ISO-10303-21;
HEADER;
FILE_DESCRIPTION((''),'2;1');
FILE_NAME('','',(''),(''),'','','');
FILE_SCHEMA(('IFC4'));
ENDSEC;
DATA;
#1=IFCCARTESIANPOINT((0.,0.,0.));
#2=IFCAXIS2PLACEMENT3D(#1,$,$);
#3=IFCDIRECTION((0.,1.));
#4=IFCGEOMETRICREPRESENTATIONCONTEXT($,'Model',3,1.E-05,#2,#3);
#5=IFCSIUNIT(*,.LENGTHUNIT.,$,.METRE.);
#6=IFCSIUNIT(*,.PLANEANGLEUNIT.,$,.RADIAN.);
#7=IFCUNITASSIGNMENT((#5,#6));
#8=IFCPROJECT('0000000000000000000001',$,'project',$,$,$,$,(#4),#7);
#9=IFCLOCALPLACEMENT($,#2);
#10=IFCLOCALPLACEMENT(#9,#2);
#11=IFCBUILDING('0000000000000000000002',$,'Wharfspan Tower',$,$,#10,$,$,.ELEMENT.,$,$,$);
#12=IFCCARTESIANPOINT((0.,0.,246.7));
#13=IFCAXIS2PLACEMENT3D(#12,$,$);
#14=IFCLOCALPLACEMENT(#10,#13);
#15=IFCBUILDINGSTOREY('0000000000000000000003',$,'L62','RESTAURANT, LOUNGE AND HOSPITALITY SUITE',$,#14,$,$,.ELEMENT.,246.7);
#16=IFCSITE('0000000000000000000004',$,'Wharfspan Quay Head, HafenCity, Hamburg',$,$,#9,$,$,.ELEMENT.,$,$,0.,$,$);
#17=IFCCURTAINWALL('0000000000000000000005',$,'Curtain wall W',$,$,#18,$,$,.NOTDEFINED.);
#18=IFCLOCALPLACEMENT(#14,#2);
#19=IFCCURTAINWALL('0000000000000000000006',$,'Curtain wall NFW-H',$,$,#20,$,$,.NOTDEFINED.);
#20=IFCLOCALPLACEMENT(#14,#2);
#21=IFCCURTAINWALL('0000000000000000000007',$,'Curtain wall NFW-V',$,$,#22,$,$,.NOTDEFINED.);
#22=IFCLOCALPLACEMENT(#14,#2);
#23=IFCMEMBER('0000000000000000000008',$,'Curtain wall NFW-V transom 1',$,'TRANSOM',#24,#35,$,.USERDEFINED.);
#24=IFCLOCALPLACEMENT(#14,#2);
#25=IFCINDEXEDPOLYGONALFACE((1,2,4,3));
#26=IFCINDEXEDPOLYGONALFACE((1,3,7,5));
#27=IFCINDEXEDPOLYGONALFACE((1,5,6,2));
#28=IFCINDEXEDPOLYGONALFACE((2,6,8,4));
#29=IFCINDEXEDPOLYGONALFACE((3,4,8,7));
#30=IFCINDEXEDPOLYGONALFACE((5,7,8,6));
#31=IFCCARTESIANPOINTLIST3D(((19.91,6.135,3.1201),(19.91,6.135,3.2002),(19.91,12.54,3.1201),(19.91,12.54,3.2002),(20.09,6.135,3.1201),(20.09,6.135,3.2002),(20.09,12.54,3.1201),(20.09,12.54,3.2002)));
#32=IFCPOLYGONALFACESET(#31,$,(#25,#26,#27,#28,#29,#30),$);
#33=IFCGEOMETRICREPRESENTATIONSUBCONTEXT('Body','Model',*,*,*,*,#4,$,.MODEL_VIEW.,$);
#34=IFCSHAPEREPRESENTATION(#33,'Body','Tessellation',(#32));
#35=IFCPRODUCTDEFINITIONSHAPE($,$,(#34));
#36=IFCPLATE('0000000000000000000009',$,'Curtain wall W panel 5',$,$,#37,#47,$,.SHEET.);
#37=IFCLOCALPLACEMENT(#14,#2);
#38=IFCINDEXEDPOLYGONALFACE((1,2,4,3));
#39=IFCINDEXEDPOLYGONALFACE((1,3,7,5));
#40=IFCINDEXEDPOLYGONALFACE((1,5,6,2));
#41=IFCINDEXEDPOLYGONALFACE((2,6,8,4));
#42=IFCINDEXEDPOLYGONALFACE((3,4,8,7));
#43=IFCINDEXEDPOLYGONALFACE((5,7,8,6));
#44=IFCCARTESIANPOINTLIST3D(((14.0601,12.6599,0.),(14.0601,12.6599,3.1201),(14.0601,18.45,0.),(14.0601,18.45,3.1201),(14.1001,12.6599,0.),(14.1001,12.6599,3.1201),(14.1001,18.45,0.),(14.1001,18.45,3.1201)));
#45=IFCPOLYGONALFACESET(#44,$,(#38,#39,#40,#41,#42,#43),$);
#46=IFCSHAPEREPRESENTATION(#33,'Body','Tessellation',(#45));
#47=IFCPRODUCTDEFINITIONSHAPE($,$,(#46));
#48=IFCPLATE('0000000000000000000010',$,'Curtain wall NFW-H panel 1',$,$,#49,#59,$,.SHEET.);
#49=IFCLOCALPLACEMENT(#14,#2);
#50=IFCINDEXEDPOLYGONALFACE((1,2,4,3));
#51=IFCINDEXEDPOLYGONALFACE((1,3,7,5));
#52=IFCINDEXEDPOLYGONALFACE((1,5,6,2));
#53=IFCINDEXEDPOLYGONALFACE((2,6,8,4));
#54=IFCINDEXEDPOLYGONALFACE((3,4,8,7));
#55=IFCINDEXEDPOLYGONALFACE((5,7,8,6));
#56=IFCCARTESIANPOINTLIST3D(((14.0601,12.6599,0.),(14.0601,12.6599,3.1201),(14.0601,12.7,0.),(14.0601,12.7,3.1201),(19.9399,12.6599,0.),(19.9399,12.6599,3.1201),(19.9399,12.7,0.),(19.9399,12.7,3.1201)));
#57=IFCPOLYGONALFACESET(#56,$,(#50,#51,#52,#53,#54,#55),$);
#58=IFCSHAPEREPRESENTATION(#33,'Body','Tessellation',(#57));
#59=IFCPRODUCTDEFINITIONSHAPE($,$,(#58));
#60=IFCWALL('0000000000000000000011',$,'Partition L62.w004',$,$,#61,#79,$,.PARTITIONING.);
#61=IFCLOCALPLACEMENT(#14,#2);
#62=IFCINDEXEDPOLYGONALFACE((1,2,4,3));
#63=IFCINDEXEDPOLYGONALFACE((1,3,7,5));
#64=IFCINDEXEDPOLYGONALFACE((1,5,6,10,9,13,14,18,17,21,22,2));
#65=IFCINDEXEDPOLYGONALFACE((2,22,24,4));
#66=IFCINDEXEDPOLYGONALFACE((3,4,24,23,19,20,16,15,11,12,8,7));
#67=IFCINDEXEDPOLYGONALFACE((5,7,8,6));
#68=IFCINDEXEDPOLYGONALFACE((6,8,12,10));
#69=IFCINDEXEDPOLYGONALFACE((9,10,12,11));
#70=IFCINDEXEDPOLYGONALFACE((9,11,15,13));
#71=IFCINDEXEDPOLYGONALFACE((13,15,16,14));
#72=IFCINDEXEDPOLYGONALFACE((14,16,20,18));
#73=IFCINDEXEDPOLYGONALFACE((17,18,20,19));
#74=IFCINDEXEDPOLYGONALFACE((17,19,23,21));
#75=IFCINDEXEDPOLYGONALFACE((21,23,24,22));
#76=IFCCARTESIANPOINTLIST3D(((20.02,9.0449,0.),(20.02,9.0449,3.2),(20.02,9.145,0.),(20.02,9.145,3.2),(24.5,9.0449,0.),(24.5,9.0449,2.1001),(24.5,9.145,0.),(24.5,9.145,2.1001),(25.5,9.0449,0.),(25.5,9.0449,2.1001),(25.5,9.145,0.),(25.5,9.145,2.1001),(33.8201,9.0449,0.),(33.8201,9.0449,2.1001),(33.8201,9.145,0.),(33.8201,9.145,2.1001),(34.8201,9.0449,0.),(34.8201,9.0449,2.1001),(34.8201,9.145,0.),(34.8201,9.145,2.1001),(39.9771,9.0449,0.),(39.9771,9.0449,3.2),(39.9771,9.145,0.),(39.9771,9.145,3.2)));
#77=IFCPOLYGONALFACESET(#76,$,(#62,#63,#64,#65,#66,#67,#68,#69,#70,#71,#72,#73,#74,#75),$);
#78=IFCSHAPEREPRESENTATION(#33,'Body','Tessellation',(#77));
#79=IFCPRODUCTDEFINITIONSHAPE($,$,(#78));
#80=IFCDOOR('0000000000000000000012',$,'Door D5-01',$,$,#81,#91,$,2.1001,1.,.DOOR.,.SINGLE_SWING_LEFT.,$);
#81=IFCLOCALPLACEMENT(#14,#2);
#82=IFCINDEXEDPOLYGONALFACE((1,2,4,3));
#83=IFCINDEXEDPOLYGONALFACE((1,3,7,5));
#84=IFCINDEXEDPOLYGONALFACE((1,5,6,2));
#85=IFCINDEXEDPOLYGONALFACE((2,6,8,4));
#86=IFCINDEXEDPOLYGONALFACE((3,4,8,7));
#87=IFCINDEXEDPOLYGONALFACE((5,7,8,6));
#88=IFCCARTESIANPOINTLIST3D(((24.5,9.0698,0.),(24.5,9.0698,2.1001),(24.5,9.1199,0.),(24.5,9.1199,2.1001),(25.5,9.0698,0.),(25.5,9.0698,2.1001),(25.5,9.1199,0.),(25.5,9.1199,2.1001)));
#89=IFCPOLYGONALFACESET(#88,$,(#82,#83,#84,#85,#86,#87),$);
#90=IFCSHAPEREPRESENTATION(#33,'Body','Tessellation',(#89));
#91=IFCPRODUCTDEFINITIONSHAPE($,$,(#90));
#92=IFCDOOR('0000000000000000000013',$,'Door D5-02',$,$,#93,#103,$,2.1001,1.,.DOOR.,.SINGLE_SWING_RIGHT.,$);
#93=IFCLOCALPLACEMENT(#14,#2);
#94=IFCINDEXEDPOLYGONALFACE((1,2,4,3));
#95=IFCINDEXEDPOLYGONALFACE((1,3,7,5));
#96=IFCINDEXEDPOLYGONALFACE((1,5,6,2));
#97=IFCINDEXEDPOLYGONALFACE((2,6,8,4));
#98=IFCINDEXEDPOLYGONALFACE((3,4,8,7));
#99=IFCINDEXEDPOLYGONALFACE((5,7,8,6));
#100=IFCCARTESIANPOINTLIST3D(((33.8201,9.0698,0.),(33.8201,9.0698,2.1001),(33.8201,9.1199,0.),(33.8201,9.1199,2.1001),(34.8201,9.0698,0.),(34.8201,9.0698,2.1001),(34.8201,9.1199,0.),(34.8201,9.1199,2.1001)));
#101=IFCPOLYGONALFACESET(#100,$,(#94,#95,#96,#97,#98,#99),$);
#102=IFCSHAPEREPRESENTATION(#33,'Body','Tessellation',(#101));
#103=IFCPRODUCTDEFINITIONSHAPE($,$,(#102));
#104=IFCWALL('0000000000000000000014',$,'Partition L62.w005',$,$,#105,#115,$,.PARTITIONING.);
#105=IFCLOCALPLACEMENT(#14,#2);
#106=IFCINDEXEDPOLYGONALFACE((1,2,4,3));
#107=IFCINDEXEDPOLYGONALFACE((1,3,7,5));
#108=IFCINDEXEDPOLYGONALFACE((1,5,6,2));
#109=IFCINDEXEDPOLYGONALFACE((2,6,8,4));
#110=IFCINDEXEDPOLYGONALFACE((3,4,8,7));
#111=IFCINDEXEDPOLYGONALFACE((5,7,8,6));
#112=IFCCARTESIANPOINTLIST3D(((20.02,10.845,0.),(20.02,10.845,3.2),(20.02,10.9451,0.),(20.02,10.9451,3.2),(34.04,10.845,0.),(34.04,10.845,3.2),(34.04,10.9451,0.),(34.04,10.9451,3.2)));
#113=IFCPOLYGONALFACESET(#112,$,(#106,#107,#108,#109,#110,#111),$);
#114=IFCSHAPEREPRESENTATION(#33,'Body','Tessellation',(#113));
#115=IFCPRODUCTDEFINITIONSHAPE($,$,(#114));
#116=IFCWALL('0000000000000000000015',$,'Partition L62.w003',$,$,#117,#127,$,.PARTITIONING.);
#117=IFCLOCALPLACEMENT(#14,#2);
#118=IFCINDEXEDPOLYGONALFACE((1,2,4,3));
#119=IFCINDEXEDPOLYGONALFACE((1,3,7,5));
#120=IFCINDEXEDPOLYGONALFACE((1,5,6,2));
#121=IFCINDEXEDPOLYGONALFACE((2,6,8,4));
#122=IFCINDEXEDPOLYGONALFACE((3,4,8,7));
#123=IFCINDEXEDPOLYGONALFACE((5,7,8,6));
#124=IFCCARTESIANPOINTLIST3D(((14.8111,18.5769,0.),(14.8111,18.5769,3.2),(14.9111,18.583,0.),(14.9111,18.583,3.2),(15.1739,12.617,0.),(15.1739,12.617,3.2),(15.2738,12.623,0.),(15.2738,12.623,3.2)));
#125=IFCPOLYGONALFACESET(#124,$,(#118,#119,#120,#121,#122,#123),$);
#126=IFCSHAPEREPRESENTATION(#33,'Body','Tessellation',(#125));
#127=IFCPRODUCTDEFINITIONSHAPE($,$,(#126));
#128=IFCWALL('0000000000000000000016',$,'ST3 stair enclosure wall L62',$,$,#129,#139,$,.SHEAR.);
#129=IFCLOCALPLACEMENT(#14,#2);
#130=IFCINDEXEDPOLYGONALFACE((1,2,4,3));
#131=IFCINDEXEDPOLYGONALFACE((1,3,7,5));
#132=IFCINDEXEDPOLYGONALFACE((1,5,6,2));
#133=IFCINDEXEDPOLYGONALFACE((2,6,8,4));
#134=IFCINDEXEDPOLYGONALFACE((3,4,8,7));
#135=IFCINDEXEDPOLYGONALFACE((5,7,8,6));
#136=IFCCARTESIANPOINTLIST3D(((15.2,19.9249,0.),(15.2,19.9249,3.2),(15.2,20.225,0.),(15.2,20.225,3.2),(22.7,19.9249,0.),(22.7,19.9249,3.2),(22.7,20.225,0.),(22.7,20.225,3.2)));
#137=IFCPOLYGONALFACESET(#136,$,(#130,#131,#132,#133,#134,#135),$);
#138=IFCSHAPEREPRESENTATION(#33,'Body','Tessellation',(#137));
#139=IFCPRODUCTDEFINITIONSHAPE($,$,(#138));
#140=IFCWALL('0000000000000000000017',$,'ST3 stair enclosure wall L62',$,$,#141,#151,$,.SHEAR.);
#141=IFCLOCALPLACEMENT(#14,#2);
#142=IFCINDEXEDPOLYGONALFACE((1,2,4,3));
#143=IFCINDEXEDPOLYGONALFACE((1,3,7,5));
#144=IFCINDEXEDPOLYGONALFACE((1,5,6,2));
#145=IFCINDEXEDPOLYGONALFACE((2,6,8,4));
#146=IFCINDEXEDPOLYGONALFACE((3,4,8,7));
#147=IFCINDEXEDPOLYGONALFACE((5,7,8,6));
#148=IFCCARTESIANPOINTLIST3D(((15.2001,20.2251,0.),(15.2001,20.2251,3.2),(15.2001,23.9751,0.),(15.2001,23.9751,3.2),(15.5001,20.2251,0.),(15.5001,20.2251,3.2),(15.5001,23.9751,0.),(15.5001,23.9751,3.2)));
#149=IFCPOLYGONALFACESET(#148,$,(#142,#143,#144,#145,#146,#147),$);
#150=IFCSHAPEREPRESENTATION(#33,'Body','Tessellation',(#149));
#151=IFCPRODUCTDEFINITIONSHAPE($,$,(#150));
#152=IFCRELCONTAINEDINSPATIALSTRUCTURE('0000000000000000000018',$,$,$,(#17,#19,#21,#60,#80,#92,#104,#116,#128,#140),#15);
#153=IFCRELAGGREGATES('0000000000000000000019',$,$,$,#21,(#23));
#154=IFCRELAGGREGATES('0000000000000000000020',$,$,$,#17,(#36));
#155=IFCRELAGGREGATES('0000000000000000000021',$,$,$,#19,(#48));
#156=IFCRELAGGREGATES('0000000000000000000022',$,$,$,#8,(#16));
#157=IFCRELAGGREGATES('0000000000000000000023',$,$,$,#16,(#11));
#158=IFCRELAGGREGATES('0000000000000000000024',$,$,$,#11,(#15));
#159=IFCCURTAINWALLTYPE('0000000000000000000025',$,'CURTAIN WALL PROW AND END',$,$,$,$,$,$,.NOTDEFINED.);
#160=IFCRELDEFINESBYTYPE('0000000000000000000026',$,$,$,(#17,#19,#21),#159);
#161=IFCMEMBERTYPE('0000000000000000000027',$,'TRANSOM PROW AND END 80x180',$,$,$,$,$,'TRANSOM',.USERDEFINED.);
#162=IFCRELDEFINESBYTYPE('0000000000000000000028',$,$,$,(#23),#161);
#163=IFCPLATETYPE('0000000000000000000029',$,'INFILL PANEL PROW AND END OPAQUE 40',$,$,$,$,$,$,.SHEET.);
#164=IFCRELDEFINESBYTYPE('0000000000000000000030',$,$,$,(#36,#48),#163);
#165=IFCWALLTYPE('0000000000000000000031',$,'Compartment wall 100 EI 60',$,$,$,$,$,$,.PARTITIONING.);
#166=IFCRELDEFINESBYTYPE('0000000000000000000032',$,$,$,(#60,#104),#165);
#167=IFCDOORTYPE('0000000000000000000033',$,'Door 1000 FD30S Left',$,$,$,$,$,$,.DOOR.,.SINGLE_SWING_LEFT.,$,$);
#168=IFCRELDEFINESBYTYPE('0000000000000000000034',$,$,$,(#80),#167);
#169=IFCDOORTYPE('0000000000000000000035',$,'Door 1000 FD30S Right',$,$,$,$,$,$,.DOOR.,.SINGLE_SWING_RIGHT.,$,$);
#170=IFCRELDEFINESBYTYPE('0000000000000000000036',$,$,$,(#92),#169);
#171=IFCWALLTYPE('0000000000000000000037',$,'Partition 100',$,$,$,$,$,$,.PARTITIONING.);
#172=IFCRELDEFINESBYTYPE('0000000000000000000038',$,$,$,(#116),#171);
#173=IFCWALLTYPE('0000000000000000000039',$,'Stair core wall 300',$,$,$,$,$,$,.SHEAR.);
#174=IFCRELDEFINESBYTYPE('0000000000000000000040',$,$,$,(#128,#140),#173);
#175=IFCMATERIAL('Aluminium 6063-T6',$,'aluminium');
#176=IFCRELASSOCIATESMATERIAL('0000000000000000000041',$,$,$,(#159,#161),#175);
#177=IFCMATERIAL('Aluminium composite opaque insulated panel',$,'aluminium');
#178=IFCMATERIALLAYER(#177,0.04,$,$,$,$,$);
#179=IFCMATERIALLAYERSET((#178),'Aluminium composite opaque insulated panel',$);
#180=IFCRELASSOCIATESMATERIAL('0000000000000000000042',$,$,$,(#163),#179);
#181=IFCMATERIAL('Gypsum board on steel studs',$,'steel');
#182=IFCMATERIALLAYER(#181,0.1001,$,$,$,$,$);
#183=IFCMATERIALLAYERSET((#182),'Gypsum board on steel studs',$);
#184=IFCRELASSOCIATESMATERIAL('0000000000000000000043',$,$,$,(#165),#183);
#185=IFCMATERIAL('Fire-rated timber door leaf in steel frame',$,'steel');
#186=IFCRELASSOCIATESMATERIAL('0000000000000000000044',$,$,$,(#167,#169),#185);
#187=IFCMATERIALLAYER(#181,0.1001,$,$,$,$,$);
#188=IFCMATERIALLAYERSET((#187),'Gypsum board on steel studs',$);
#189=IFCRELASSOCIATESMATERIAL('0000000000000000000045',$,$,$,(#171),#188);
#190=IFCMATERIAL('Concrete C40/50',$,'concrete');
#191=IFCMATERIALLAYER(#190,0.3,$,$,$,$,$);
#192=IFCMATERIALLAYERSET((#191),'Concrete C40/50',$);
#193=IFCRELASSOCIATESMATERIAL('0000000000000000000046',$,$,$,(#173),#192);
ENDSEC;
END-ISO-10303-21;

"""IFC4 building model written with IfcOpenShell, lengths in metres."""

from ifc_helpers import new_model, si_unit, direction, frame, frame_2d, origin, origin_2d, place, context, subcontext, project, spatial, rectangle, extrude, material, layer, layer_set, material_profile, profile_set, type_object, element, fill, aggregate, save


model = new_model("IFC4")

# Units and contexts
model_context = context("Model", 3, precision=1e-05, world=origin(), true_north=direction((0.0, 1.0)))
body_context = subcontext(model_context, "Body", "Model", "MODEL_VIEW")
ifc_project = project(units=[si_unit("LENGTHUNIT", "METRE"), si_unit("PLANEANGLEUNIT", "RADIAN")], contexts=[model_context])

# Site, building, storey
site_placement = place(None, origin())
site = spatial("IfcSite", under=ifc_project, at=site_placement, Name="Wharfspan Quay Head, HafenCity, Hamburg", CompositionType="ELEMENT", RefElevation=0.0)
building_placement = place(site_placement, origin())
building = spatial("IfcBuilding", under=site, at=building_placement, Name="Wharfspan Tower", CompositionType="ELEMENT")
storey_placement = place(building_placement, frame((0.0, 0.0, 246.7)))
storey = spatial("IfcBuildingStorey", under=building, at=storey_placement, Name="L62", Description="RESTAURANT, LOUNGE AND HOSPITALITY SUITE", CompositionType="ELEMENT", Elevation=246.7)

# Shared definitions
ifc_material_1 = material(Name="Aluminium 6063-T6", Category="aluminium")

# Curtain walls
curtain_wall_type_1 = type_object("IfcCurtainWallType", Name="CURTAIN WALL PROW AND END", PredefinedType="NOTDEFINED", material=ifc_material_1)
curtain_wall_1_placement = place(storey_placement, origin())
curtain_wall_1 = element("IfcCurtainWall", 1, at=curtain_wall_1_placement, inside=storey, type_object=curtain_wall_type_1, Name="Curtain wall W", PredefinedType="NOTDEFINED")
curtain_wall_2_placement = place(storey_placement, origin())
curtain_wall_2 = element("IfcCurtainWall", 2, at=curtain_wall_2_placement, inside=storey, type_object=curtain_wall_type_1, Name="Curtain wall NFW-H", PredefinedType="NOTDEFINED")
curtain_wall_3_placement = place(storey_placement, origin())
curtain_wall_3 = element("IfcCurtainWall", 3, at=curtain_wall_3_placement, inside=storey, type_object=curtain_wall_type_1, Name="Curtain wall NFW-V", PredefinedType="NOTDEFINED")

# Member
ifc_material_profile_1 = material_profile(ifc_material_1, rectangle(XDim=0.1799, YDim=0.0801, at=origin_2d()))
ifc_profile_set_1 = profile_set([ifc_material_profile_1], Name="Aluminium 6063-T6")
member_type_1 = type_object("IfcMemberType", Name="TRANSOM PROW AND END 80x180", ElementType="TRANSOM", PredefinedType="USERDEFINED", material=ifc_profile_set_1)
member_1_placement = place(storey_placement, frame((20.0, 12.54, 3.1602), z_axis=(0.0, -1.0, 0.0), x_axis=(1.0, 0.0, 0.0)))
member_1 = element("IfcMember", 4, at=member_1_placement, type_object=member_type_1, Name="Curtain wall NFW-V transom 1", ObjectType="TRANSOM", PredefinedType="USERDEFINED", context=body_context, shape_type="SweptSolid", body=[
    extrude(rectangle(XDim=0.1799, YDim=0.0801, at=origin_2d()), origin(), (0.0, 0.0, 1.0), 6.405),
])
aggregate(curtain_wall_3, [member_1])

# Plates
ifc_material_2 = material(Name="Aluminium composite opaque insulated panel", Category="aluminium")
ifc_layer_1 = layer(ifc_material_2, 0.04)
ifc_layer_set_1 = layer_set([ifc_layer_1], Name="Aluminium composite opaque insulated panel")
plate_type = type_object("IfcPlateType", Name="INFILL PANEL PROW AND END OPAQUE 40", PredefinedType="SHEET", material=ifc_layer_set_1)
plate_1_placement = place(storey_placement, frame((14.0801, 15.5549, 0.0), z_axis=(0.0, 0.0, 1.0), x_axis=(0.0, -1.0, 0.0)))
plate_1 = element("IfcPlate", 5, at=plate_1_placement, type_object=plate_type, Name="Curtain wall W panel 5", PredefinedType="SHEET", context=body_context, shape_type="SweptSolid", body=[
    extrude(rectangle(XDim=5.79, YDim=0.04, at=origin_2d()), origin(), (0.0, 0.0, 1.0), 3.1201),
])
aggregate(curtain_wall_1, [plate_1])
plate_2_placement = place(storey_placement, frame((17.0, 12.6799, 0.0), z_axis=(0.0, 0.0, 1.0), x_axis=(1.0, 0.0, 0.0)))
plate_2 = element("IfcPlate", 6, at=plate_2_placement, type_object=plate_type, Name="Curtain wall NFW-H panel 1", PredefinedType="SHEET", context=body_context, shape_type="SweptSolid", body=[
    extrude(rectangle(XDim=5.8799, YDim=0.04, at=origin_2d()), origin(), (0.0, 0.0, 1.0), 3.1201),
])
aggregate(curtain_wall_2, [plate_2])

# Wall, openings, doors
ifc_material_3 = material(Name="Gypsum board on steel studs", Category="steel")
ifc_layer_2 = layer(ifc_material_3, 0.1001)
ifc_layer_set_2 = layer_set([ifc_layer_2], Name="Gypsum board on steel studs")
wall_type_1 = type_object("IfcWallType", Name="Compartment wall 100 EI 60", PredefinedType="PARTITIONING", material=ifc_layer_set_2)
wall_1_placement = place(storey_placement, frame((20.02, 9.095, 0.0), z_axis=(0.0, 0.0, 1.0), x_axis=(1.0, 0.0, 0.0)))
wall_1 = element("IfcWall", 7, at=wall_1_placement, inside=storey, type_object=wall_type_1, Name="Partition L62.w004", PredefinedType="PARTITIONING", context=body_context, shape_type="SweptSolid", body=[
    extrude(rectangle(XDim=19.957, YDim=0.1001, at=frame_2d((9.9785, 0.0))), origin(), (0.0, 0.0, 1.0), 3.2),
])
opening_1_placement = place(wall_1_placement, frame((4.48, 0.0, 0.0)))
opening_1 = element("IfcOpeningElement", 8, at=opening_1_placement, cuts=wall_1, PredefinedType="OPENING", context=body_context, shape_type="SweptSolid", body=[
    extrude(rectangle(XDim=1.0, YDim=2.1001, at=frame_2d((0.5, 1.05))), frame((0.0, 0.0601, 0.0), z_axis=(0.0, -1.0, 0.0), x_axis=(1.0, 0.0, 0.0)), (0.0, 0.0, 1.0), 0.1201),
])
opening_2_placement = place(wall_1_placement, frame((13.8, 0.0, 0.0)))
opening_2 = element("IfcOpeningElement", 9, at=opening_2_placement, cuts=wall_1, PredefinedType="OPENING", context=body_context, shape_type="SweptSolid", body=[
    extrude(rectangle(XDim=1.0, YDim=2.1001, at=frame_2d((0.5, 1.05))), frame((0.0, 0.0601, 0.0), z_axis=(0.0, -1.0, 0.0), x_axis=(1.0, 0.0, 0.0)), (0.0, 0.0, 1.0), 0.1201),
])
ifc_material_4 = material(Name="Fire-rated timber door leaf in steel frame", Category="steel")
door_type_1 = type_object("IfcDoorType", Name="Door 1000 FD30S Left", OperationType="SINGLE_SWING_LEFT", PredefinedType="DOOR", material=ifc_material_4)
door_1_placement = place(opening_1_placement, origin())
door_1 = element("IfcDoor", 10, at=door_1_placement, inside=storey, type_object=door_type_1, Name="Door D5-01", OperationType="SINGLE_SWING_LEFT", OverallHeight=2.1001, OverallWidth=1.0, PredefinedType="DOOR", context=body_context, shape_type="SweptSolid", body=[
    extrude(rectangle(XDim=1.0, YDim=2.1001, at=frame_2d((0.5, 1.05))), frame((0.0, 0.0249, 0.0), z_axis=(0.0, -1.0, 0.0), x_axis=(1.0, 0.0, 0.0)), (0.0, 0.0, 1.0), 0.05),
])
fill(opening_1, door_1)
door_type_2 = type_object("IfcDoorType", Name="Door 1000 FD30S Right", OperationType="SINGLE_SWING_RIGHT", PredefinedType="DOOR", material=ifc_material_4)
door_2_placement = place(opening_2_placement, origin())
door_2 = element("IfcDoor", 11, at=door_2_placement, inside=storey, type_object=door_type_2, Name="Door D5-02", OperationType="SINGLE_SWING_RIGHT", OverallHeight=2.1001, OverallWidth=1.0, PredefinedType="DOOR", context=body_context, shape_type="SweptSolid", body=[
    extrude(rectangle(XDim=1.0, YDim=2.1001, at=frame_2d((0.5, 1.05))), frame((0.0, 0.0249, 0.0), z_axis=(0.0, -1.0, 0.0), x_axis=(1.0, 0.0, 0.0)), (0.0, 0.0, 1.0), 0.05),
])
fill(opening_2, door_2)

# Walls
wall_2_placement = place(storey_placement, frame((20.02, 10.895, 0.0), z_axis=(0.0, 0.0, 1.0), x_axis=(1.0, 0.0, 0.0)))
element("IfcWall", 12, at=wall_2_placement, inside=storey, type_object=wall_type_1, Name="Partition L62.w005", PredefinedType="PARTITIONING", context=body_context, shape_type="SweptSolid", body=[
    extrude(rectangle(XDim=14.02, YDim=0.1001, at=frame_2d((7.01, 0.0))), origin(), (0.0, 0.0, 1.0), 3.2),
])
ifc_layer_3 = layer(ifc_material_3, 0.1001)
ifc_layer_set_3 = layer_set([ifc_layer_3], Name="Gypsum board on steel studs")
wall_type_2 = type_object("IfcWallType", Name="Partition 100", PredefinedType="PARTITIONING", material=ifc_layer_set_3)
wall_3_placement = place(storey_placement, frame((15.2239, 12.6201, 0.0), z_axis=(0.0, 0.0, 1.0), x_axis=(-0.060759, 0.998149, 0.0)))
element("IfcWall", 13, at=wall_3_placement, inside=storey, type_object=wall_type_2, Name="Partition L62.w003", PredefinedType="PARTITIONING", context=body_context, shape_type="SweptSolid", body=[
    extrude(rectangle(XDim=5.9709, YDim=0.1001, at=frame_2d((2.9854, 0.0))), origin(), (0.0, 0.0, 1.0), 3.2),
])
ifc_material_5 = material(Name="Concrete C40/50", Category="concrete")
ifc_layer_4 = layer(ifc_material_5, 0.3)
ifc_layer_set_4 = layer_set([ifc_layer_4], Name="Concrete C40/50")
wall_type_3 = type_object("IfcWallType", Name="Stair core wall 300", PredefinedType="SHEAR", material=ifc_layer_set_4)
wall_4_placement = place(storey_placement, frame((15.2, 20.075, 0.0), z_axis=(0.0, 0.0, 1.0), x_axis=(1.0, 0.0, 0.0)))
element("IfcWall", 14, at=wall_4_placement, inside=storey, type_object=wall_type_3, Name="ST3 stair enclosure wall L62", PredefinedType="SHEAR", context=body_context, shape_type="SweptSolid", body=[
    extrude(rectangle(XDim=7.5, YDim=0.3, at=frame_2d((3.75, 0.0))), origin(), (0.0, 0.0, 1.0), 3.2),
])
wall_5_placement = place(storey_placement, frame((15.3501, 20.2251, 0.0), z_axis=(0.0, 0.0, 1.0), x_axis=(0.0, 1.0, 0.0)))
element("IfcWall", 15, at=wall_5_placement, inside=storey, type_object=wall_type_3, Name="ST3 stair enclosure wall L62", PredefinedType="SHEAR", context=body_context, shape_type="SweptSolid", body=[
    extrude(rectangle(XDim=3.75, YDim=0.3, at=frame_2d((1.875, 0.0))), origin(), (0.0, 0.0, 1.0), 3.2),
])

save(model, "model.ifc")
